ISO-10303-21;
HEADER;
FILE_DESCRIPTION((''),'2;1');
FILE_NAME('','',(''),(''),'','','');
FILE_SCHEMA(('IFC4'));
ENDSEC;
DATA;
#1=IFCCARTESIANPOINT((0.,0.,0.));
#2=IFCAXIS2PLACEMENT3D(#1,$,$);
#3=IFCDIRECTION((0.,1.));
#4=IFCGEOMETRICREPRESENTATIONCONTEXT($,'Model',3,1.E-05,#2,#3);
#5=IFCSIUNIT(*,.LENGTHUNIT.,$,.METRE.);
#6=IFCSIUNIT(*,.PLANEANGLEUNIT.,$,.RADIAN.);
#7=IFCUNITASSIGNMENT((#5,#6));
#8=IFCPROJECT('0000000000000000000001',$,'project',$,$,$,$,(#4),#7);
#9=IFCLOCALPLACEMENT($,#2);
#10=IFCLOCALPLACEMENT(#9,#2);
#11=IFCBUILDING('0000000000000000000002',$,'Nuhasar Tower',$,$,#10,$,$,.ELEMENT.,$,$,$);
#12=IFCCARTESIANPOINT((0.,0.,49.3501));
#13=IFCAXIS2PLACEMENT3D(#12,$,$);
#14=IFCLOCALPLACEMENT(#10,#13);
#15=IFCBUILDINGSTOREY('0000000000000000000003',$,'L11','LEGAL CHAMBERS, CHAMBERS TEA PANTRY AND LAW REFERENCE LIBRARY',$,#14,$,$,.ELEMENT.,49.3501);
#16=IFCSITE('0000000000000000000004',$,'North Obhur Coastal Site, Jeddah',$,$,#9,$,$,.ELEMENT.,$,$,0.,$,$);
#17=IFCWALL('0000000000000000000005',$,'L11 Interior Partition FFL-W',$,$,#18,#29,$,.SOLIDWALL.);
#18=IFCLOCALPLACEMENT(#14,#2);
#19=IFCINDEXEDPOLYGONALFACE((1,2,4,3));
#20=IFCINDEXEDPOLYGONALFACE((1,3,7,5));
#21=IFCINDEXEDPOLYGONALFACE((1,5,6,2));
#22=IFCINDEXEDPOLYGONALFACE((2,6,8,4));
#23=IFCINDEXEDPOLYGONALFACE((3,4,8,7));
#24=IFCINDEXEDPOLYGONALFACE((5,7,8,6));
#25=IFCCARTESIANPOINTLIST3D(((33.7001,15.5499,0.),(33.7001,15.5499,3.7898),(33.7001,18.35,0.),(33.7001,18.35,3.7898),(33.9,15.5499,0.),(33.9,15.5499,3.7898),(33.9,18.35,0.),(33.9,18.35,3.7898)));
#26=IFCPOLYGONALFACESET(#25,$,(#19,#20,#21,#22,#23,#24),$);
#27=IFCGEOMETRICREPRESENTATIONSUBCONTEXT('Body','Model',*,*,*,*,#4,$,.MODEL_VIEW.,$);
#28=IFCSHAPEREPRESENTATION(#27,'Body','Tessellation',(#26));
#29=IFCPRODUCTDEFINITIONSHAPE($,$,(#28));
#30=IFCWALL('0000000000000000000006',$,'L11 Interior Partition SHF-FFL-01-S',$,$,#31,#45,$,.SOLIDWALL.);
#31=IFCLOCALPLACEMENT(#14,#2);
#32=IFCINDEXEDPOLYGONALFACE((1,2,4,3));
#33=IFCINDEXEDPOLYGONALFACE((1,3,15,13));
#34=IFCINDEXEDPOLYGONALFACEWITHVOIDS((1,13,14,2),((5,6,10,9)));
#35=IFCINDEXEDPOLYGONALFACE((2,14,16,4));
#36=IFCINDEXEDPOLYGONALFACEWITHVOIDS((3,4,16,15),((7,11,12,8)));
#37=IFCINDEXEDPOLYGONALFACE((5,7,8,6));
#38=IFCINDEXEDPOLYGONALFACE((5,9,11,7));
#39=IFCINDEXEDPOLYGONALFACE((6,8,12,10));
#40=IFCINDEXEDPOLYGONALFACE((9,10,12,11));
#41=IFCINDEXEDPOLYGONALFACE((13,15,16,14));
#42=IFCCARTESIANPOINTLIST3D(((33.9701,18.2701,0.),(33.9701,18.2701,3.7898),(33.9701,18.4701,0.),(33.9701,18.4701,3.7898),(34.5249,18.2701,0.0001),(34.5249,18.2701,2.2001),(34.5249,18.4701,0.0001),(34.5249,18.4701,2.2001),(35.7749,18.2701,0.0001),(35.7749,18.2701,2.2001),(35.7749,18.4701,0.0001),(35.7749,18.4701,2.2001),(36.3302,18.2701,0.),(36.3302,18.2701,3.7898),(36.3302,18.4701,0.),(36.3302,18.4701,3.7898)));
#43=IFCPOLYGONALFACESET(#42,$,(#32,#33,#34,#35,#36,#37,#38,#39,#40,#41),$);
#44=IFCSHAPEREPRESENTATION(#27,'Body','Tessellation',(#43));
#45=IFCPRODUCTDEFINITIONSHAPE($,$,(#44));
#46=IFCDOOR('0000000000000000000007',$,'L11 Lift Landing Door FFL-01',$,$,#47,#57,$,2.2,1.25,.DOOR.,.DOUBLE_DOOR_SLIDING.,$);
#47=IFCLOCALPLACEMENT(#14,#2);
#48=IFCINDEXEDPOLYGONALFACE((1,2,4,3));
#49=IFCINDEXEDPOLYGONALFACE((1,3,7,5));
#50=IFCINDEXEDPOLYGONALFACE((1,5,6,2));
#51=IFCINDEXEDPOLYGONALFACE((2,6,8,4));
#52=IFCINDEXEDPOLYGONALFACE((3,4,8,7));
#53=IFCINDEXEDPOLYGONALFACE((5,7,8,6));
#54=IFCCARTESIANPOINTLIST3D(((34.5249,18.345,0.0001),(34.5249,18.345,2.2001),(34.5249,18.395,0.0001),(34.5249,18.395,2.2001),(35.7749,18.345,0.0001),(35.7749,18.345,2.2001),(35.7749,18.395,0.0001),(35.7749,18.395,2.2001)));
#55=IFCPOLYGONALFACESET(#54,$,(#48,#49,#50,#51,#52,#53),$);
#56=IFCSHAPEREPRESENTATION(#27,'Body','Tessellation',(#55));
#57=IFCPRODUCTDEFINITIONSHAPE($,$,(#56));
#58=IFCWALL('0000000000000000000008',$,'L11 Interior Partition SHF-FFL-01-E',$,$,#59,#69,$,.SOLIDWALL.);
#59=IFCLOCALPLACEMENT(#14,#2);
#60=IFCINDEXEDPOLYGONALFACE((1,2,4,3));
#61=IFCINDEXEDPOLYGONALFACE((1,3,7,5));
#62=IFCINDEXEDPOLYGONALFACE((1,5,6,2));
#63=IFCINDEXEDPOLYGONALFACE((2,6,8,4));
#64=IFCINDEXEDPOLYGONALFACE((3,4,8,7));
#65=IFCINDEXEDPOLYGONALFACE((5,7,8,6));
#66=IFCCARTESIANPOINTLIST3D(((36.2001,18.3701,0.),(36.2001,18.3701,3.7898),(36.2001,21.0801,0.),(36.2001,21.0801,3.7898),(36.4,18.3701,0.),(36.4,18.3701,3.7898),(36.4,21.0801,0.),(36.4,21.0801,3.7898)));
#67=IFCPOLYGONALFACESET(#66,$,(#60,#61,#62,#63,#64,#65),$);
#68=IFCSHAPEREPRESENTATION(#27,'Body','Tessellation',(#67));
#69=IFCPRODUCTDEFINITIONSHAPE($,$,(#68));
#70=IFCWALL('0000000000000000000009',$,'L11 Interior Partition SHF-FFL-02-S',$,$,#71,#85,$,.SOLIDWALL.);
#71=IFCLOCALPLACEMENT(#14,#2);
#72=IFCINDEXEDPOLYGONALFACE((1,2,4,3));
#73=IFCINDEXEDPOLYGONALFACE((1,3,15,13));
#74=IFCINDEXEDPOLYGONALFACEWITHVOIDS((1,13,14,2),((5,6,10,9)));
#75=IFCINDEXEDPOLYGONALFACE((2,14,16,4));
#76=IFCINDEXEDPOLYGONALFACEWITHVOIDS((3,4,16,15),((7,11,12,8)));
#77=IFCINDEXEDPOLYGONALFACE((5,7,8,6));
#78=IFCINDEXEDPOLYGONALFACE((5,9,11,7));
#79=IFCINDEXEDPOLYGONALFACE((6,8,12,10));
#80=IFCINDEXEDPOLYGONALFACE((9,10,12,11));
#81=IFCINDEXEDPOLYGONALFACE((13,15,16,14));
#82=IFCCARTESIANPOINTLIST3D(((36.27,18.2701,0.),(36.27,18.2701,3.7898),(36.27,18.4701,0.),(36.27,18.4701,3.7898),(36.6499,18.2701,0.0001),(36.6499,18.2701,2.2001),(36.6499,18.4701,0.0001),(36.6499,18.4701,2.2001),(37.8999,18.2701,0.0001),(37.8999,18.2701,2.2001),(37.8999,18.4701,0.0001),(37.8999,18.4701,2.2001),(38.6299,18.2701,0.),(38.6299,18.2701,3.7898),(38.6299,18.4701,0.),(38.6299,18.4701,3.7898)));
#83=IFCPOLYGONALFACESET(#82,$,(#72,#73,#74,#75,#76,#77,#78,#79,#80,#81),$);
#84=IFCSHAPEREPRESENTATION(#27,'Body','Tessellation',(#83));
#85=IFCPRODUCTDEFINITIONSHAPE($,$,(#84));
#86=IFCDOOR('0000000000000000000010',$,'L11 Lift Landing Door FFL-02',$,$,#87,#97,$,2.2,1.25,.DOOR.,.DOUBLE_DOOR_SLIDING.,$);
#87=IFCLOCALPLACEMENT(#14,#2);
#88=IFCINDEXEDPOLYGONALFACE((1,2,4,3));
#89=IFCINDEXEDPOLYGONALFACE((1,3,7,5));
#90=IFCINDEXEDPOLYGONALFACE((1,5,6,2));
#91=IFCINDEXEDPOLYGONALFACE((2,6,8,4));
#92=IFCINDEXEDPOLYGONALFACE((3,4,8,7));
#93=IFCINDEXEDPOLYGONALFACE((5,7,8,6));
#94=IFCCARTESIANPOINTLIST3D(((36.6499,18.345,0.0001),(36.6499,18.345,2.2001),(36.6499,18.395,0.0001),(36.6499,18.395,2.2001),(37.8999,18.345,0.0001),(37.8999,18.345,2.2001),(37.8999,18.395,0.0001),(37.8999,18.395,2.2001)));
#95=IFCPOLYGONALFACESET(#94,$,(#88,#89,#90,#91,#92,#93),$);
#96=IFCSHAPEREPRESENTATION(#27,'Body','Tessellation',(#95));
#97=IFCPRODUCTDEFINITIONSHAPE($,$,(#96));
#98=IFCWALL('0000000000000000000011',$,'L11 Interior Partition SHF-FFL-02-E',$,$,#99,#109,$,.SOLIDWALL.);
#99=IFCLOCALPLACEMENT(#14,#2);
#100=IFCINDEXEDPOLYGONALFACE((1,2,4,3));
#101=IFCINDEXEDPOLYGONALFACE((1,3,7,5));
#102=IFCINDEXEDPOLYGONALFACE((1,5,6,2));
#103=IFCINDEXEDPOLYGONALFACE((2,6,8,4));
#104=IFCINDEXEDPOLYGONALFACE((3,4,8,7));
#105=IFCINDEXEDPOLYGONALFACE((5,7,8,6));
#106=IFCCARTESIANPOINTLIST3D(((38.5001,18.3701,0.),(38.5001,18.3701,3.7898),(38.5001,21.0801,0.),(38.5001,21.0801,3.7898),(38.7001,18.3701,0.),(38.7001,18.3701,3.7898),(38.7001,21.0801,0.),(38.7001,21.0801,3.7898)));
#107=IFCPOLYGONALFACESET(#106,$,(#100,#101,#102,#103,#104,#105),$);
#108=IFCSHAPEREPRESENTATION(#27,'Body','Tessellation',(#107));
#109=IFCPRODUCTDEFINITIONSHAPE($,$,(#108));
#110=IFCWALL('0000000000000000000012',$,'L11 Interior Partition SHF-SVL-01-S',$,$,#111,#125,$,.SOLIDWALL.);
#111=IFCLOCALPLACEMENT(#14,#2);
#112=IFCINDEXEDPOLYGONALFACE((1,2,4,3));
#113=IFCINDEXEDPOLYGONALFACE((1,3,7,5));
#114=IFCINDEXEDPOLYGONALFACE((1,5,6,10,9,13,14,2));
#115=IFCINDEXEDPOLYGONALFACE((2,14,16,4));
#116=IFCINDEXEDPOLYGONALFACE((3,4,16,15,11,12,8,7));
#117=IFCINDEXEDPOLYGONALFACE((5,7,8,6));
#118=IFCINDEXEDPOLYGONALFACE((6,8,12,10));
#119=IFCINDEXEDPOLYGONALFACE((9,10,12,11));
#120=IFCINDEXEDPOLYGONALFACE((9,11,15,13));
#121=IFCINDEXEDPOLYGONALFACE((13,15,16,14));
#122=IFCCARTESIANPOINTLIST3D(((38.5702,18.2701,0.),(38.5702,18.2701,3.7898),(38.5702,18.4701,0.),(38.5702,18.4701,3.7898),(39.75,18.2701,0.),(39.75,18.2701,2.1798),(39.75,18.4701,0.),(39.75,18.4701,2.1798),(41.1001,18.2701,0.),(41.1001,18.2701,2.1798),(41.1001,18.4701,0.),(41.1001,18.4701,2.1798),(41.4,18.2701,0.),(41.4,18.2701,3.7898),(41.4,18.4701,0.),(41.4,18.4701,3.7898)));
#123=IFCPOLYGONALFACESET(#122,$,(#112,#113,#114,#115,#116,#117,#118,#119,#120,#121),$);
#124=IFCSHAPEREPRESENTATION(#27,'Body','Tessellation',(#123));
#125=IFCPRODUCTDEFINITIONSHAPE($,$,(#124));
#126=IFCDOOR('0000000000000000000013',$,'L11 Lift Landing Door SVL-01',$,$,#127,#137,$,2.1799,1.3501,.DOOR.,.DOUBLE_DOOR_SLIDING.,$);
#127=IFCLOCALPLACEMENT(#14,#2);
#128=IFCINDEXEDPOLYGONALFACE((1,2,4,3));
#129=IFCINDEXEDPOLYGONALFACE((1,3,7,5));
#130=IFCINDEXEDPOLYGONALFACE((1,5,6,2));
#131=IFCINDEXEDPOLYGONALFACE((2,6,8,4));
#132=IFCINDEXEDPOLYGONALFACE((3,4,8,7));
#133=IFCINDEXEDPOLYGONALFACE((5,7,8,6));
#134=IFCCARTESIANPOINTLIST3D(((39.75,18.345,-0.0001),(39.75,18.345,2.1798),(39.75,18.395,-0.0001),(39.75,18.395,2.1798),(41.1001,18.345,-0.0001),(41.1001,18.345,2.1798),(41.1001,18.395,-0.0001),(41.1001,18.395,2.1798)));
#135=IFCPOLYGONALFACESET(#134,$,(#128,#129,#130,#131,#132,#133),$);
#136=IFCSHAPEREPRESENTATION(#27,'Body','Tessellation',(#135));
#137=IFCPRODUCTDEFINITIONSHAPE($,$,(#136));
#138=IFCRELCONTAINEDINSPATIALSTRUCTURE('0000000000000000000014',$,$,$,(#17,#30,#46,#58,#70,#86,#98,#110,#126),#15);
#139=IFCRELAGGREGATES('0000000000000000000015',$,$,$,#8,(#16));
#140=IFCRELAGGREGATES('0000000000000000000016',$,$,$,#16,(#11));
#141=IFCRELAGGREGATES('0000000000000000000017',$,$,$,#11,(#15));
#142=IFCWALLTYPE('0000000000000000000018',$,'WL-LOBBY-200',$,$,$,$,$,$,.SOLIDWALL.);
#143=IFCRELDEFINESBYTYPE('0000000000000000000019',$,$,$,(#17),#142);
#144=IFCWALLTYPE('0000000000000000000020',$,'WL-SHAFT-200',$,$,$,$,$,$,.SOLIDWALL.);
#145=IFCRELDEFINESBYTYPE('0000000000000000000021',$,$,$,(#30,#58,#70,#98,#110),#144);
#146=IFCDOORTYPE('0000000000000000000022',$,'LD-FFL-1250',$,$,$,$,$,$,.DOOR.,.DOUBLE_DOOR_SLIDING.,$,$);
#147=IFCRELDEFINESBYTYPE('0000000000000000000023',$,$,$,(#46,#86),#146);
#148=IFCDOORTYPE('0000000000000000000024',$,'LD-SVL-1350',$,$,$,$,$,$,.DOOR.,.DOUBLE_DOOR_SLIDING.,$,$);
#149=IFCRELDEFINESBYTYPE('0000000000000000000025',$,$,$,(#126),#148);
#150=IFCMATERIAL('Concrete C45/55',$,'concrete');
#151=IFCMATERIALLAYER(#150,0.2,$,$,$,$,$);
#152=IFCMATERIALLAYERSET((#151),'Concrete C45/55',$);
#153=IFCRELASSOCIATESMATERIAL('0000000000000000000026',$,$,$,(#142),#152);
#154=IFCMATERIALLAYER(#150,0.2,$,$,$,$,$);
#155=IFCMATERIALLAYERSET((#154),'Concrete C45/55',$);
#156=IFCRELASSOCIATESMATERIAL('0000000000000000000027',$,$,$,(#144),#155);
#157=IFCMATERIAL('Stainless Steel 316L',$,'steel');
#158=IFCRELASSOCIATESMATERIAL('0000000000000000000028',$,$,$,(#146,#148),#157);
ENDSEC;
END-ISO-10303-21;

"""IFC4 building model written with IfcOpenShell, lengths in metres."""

from ifc_helpers import new_model, si_unit, direction, frame, frame_2d, origin, place, context, subcontext, project, spatial, rectangle, extrude, material, layer, layer_set, type_object, element, fill, save


model = new_model("IFC4")

# Units and contexts
model_context = context("Model", 3, precision=1e-05, world=origin(), true_north=direction((0.0, 1.0)))
body_context = subcontext(model_context, "Body", "Model", "MODEL_VIEW")
ifc_project = project(units=[si_unit("LENGTHUNIT", "METRE"), si_unit("PLANEANGLEUNIT", "RADIAN")], contexts=[model_context])

# Site, building, storey
site_placement = place(None, origin())
site = spatial("IfcSite", under=ifc_project, at=site_placement, Name="North Obhur Coastal Site, Jeddah", CompositionType="ELEMENT", RefElevation=0.0)
building_placement = place(site_placement, origin())
building = spatial("IfcBuilding", under=site, at=building_placement, Name="Nuhasar Tower", CompositionType="ELEMENT")
storey_placement = place(building_placement, frame((0.0, 0.0, 49.3501)))
storey = spatial("IfcBuildingStorey", under=building, at=storey_placement, Name="L11", Description="LEGAL CHAMBERS, CHAMBERS TEA PANTRY AND LAW REFERENCE LIBRARY", CompositionType="ELEMENT", Elevation=49.3501)

# Wall
ifc_material_1 = material(Name="Concrete C45/55", Category="concrete")
ifc_layer_1 = layer(ifc_material_1, 0.2)
ifc_layer_set_1 = layer_set([ifc_layer_1], Name="Concrete C45/55")
wall_type_1 = type_object("IfcWallType", Name="WL-LOBBY-200", PredefinedType="SOLIDWALL", material=ifc_layer_set_1)
wall_1_placement = place(storey_placement, frame((33.8, 15.55, 0.0), z_axis=(0.0, 0.0, 1.0), x_axis=(0.0, 1.0, 0.0)))
element("IfcWall", 1, at=wall_1_placement, inside=storey, type_object=wall_type_1, Name="L11 Interior Partition FFL-W", PredefinedType="SOLIDWALL", context=body_context, shape_type="SweptSolid", body=[
    extrude(rectangle(XDim=2.8, YDim=0.2, at=frame_2d((1.3999, 0.0))), origin(), (0.0, 0.0, 1.0), 3.7898),
])

# Wall, opening, door
ifc_layer_2 = layer(ifc_material_1, 0.2)
ifc_layer_set_2 = layer_set([ifc_layer_2], Name="Concrete C45/55")
wall_type_2 = type_object("IfcWallType", Name="WL-SHAFT-200", PredefinedType="SOLIDWALL", material=ifc_layer_set_2)
wall_2_placement = place(storey_placement, frame((33.97, 18.3701, 0.0), z_axis=(0.0, 0.0, 1.0), x_axis=(1.0, 0.0, 0.0)))
wall_2 = element("IfcWall", 2, at=wall_2_placement, inside=storey, type_object=wall_type_2, Name="L11 Interior Partition SHF-FFL-01-S", PredefinedType="SOLIDWALL", context=body_context, shape_type="SweptSolid", body=[
    extrude(rectangle(XDim=2.3601, YDim=0.2, at=frame_2d((1.1802, 0.0))), origin(), (0.0, 0.0, 1.0), 3.7898),
])
opening_1_placement = place(wall_2_placement, frame((0.5549, 0.0, 0.0)))
opening_1 = element("IfcOpeningElement", 3, at=opening_1_placement, cuts=wall_2, PredefinedType="OPENING", context=body_context, shape_type="SweptSolid", body=[
    extrude(rectangle(XDim=1.25, YDim=2.2, at=frame_2d((0.625, 1.1001))), frame((0.0, 0.1099, 0.0), z_axis=(0.0, -1.0, 0.0), x_axis=(1.0, 0.0, 0.0)), (0.0, 0.0, 1.0), 0.22),
])
ifc_material_2 = material(Name="Stainless Steel 316L", Category="steel")
door_type_1 = type_object("IfcDoorType", Name="LD-FFL-1250", OperationType="DOUBLE_DOOR_SLIDING", PredefinedType="DOOR", material=ifc_material_2)
door_1_placement = place(opening_1_placement, origin())
door_1 = element("IfcDoor", 4, at=door_1_placement, inside=storey, type_object=door_type_1, Name="L11 Lift Landing Door FFL-01", OperationType="DOUBLE_DOOR_SLIDING", OverallHeight=2.2, OverallWidth=1.25, PredefinedType="DOOR", context=body_context, shape_type="SweptSolid", body=[
    extrude(rectangle(XDim=1.25, YDim=2.2, at=frame_2d((0.625, 1.1001))), frame((0.0, 0.0249, 0.0), z_axis=(0.0, -1.0, 0.0), x_axis=(1.0, 0.0, 0.0)), (0.0, 0.0, 1.0), 0.05),
])
fill(opening_1, door_1)

# Wall
wall_3_placement = place(storey_placement, frame((36.3, 18.3701, 0.0), z_axis=(0.0, 0.0, 1.0), x_axis=(0.0, 1.0, 0.0)))
element("IfcWall", 5, at=wall_3_placement, inside=storey, type_object=wall_type_2, Name="L11 Interior Partition SHF-FFL-01-E", PredefinedType="SOLIDWALL", context=body_context, shape_type="SweptSolid", body=[
    extrude(rectangle(XDim=2.71, YDim=0.2, at=frame_2d((1.355, 0.0))), origin(), (0.0, 0.0, 1.0), 3.7898),
])

# Wall, opening, door
wall_4_placement = place(storey_placement, frame((36.27, 18.3701, 0.0), z_axis=(0.0, 0.0, 1.0), x_axis=(1.0, 0.0, 0.0)))
wall_4 = element("IfcWall", 6, at=wall_4_placement, inside=storey, type_object=wall_type_2, Name="L11 Interior Partition SHF-FFL-02-S", PredefinedType="SOLIDWALL", context=body_context, shape_type="SweptSolid", body=[
    extrude(rectangle(XDim=2.3599, YDim=0.2, at=frame_2d((1.1799, 0.0))), origin(), (0.0, 0.0, 1.0), 3.7898),
])
opening_2_placement = place(wall_4_placement, frame((0.3799, 0.0, 0.0)))
opening_2 = element("IfcOpeningElement", 7, at=opening_2_placement, cuts=wall_4, PredefinedType="OPENING", context=body_context, shape_type="SweptSolid", body=[
    extrude(rectangle(XDim=1.25, YDim=2.2, at=frame_2d((0.625, 1.1001))), frame((0.0, 0.1099, 0.0), z_axis=(0.0, -1.0, 0.0), x_axis=(1.0, 0.0, 0.0)), (0.0, 0.0, 1.0), 0.22),
])
door_2_placement = place(opening_2_placement, origin())
door_2 = element("IfcDoor", 8, at=door_2_placement, inside=storey, type_object=door_type_1, Name="L11 Lift Landing Door FFL-02", OperationType="DOUBLE_DOOR_SLIDING", OverallHeight=2.2, OverallWidth=1.25, PredefinedType="DOOR", context=body_context, shape_type="SweptSolid", body=[
    extrude(rectangle(XDim=1.25, YDim=2.2, at=frame_2d((0.625, 1.1001))), frame((0.0, 0.0249, 0.0), z_axis=(0.0, -1.0, 0.0), x_axis=(1.0, 0.0, 0.0)), (0.0, 0.0, 1.0), 0.05),
])
fill(opening_2, door_2)

# Wall
wall_5_placement = place(storey_placement, frame((38.6001, 18.3701, 0.0), z_axis=(0.0, 0.0, 1.0), x_axis=(0.0, 1.0, 0.0)))
element("IfcWall", 9, at=wall_5_placement, inside=storey, type_object=wall_type_2, Name="L11 Interior Partition SHF-FFL-02-E", PredefinedType="SOLIDWALL", context=body_context, shape_type="SweptSolid", body=[
    extrude(rectangle(XDim=2.71, YDim=0.2, at=frame_2d((1.355, 0.0))), origin(), (0.0, 0.0, 1.0), 3.7898),
])

# Wall, opening, door
wall_6_placement = place(storey_placement, frame((38.5701, 18.3701, 0.0), z_axis=(0.0, 0.0, 1.0), x_axis=(1.0, 0.0, 0.0)))
wall_6 = element("IfcWall", 10, at=wall_6_placement, inside=storey, type_object=wall_type_2, Name="L11 Interior Partition SHF-SVL-01-S", PredefinedType="SOLIDWALL", context=body_context, shape_type="SweptSolid", body=[
    extrude(rectangle(XDim=2.8298, YDim=0.2, at=frame_2d((1.415, 0.0))), origin(), (0.0, 0.0, 1.0), 3.7898),
])
opening_3_placement = place(wall_6_placement, frame((1.1799, 0.0, 0.0)))
opening_3 = element("IfcOpeningElement", 11, at=opening_3_placement, cuts=wall_6, PredefinedType="OPENING", context=body_context, shape_type="SweptSolid", body=[
    extrude(rectangle(XDim=1.3501, YDim=2.1799, at=frame_2d((0.675, 1.0898))), frame((0.0, 0.1099, 0.0), z_axis=(0.0, -1.0, 0.0), x_axis=(1.0, 0.0, 0.0)), (0.0, 0.0, 1.0), 0.22),
])
door_type_2 = type_object("IfcDoorType", Name="LD-SVL-1350", OperationType="DOUBLE_DOOR_SLIDING", PredefinedType="DOOR", material=ifc_material_2)
door_3_placement = place(opening_3_placement, origin())
door_3 = element("IfcDoor", 12, at=door_3_placement, inside=storey, type_object=door_type_2, Name="L11 Lift Landing Door SVL-01", OperationType="DOUBLE_DOOR_SLIDING", OverallHeight=2.1799, OverallWidth=1.3501, PredefinedType="DOOR", context=body_context, shape_type="SweptSolid", body=[
    extrude(rectangle(XDim=1.3501, YDim=2.1799, at=frame_2d((0.675, 1.0898))), frame((0.0, 0.0249, 0.0), z_axis=(0.0, -1.0, 0.0), x_axis=(1.0, 0.0, 0.0)), (0.0, 0.0, 1.0), 0.05),
])
fill(opening_3, door_3)

save(model, "model.ifc")
